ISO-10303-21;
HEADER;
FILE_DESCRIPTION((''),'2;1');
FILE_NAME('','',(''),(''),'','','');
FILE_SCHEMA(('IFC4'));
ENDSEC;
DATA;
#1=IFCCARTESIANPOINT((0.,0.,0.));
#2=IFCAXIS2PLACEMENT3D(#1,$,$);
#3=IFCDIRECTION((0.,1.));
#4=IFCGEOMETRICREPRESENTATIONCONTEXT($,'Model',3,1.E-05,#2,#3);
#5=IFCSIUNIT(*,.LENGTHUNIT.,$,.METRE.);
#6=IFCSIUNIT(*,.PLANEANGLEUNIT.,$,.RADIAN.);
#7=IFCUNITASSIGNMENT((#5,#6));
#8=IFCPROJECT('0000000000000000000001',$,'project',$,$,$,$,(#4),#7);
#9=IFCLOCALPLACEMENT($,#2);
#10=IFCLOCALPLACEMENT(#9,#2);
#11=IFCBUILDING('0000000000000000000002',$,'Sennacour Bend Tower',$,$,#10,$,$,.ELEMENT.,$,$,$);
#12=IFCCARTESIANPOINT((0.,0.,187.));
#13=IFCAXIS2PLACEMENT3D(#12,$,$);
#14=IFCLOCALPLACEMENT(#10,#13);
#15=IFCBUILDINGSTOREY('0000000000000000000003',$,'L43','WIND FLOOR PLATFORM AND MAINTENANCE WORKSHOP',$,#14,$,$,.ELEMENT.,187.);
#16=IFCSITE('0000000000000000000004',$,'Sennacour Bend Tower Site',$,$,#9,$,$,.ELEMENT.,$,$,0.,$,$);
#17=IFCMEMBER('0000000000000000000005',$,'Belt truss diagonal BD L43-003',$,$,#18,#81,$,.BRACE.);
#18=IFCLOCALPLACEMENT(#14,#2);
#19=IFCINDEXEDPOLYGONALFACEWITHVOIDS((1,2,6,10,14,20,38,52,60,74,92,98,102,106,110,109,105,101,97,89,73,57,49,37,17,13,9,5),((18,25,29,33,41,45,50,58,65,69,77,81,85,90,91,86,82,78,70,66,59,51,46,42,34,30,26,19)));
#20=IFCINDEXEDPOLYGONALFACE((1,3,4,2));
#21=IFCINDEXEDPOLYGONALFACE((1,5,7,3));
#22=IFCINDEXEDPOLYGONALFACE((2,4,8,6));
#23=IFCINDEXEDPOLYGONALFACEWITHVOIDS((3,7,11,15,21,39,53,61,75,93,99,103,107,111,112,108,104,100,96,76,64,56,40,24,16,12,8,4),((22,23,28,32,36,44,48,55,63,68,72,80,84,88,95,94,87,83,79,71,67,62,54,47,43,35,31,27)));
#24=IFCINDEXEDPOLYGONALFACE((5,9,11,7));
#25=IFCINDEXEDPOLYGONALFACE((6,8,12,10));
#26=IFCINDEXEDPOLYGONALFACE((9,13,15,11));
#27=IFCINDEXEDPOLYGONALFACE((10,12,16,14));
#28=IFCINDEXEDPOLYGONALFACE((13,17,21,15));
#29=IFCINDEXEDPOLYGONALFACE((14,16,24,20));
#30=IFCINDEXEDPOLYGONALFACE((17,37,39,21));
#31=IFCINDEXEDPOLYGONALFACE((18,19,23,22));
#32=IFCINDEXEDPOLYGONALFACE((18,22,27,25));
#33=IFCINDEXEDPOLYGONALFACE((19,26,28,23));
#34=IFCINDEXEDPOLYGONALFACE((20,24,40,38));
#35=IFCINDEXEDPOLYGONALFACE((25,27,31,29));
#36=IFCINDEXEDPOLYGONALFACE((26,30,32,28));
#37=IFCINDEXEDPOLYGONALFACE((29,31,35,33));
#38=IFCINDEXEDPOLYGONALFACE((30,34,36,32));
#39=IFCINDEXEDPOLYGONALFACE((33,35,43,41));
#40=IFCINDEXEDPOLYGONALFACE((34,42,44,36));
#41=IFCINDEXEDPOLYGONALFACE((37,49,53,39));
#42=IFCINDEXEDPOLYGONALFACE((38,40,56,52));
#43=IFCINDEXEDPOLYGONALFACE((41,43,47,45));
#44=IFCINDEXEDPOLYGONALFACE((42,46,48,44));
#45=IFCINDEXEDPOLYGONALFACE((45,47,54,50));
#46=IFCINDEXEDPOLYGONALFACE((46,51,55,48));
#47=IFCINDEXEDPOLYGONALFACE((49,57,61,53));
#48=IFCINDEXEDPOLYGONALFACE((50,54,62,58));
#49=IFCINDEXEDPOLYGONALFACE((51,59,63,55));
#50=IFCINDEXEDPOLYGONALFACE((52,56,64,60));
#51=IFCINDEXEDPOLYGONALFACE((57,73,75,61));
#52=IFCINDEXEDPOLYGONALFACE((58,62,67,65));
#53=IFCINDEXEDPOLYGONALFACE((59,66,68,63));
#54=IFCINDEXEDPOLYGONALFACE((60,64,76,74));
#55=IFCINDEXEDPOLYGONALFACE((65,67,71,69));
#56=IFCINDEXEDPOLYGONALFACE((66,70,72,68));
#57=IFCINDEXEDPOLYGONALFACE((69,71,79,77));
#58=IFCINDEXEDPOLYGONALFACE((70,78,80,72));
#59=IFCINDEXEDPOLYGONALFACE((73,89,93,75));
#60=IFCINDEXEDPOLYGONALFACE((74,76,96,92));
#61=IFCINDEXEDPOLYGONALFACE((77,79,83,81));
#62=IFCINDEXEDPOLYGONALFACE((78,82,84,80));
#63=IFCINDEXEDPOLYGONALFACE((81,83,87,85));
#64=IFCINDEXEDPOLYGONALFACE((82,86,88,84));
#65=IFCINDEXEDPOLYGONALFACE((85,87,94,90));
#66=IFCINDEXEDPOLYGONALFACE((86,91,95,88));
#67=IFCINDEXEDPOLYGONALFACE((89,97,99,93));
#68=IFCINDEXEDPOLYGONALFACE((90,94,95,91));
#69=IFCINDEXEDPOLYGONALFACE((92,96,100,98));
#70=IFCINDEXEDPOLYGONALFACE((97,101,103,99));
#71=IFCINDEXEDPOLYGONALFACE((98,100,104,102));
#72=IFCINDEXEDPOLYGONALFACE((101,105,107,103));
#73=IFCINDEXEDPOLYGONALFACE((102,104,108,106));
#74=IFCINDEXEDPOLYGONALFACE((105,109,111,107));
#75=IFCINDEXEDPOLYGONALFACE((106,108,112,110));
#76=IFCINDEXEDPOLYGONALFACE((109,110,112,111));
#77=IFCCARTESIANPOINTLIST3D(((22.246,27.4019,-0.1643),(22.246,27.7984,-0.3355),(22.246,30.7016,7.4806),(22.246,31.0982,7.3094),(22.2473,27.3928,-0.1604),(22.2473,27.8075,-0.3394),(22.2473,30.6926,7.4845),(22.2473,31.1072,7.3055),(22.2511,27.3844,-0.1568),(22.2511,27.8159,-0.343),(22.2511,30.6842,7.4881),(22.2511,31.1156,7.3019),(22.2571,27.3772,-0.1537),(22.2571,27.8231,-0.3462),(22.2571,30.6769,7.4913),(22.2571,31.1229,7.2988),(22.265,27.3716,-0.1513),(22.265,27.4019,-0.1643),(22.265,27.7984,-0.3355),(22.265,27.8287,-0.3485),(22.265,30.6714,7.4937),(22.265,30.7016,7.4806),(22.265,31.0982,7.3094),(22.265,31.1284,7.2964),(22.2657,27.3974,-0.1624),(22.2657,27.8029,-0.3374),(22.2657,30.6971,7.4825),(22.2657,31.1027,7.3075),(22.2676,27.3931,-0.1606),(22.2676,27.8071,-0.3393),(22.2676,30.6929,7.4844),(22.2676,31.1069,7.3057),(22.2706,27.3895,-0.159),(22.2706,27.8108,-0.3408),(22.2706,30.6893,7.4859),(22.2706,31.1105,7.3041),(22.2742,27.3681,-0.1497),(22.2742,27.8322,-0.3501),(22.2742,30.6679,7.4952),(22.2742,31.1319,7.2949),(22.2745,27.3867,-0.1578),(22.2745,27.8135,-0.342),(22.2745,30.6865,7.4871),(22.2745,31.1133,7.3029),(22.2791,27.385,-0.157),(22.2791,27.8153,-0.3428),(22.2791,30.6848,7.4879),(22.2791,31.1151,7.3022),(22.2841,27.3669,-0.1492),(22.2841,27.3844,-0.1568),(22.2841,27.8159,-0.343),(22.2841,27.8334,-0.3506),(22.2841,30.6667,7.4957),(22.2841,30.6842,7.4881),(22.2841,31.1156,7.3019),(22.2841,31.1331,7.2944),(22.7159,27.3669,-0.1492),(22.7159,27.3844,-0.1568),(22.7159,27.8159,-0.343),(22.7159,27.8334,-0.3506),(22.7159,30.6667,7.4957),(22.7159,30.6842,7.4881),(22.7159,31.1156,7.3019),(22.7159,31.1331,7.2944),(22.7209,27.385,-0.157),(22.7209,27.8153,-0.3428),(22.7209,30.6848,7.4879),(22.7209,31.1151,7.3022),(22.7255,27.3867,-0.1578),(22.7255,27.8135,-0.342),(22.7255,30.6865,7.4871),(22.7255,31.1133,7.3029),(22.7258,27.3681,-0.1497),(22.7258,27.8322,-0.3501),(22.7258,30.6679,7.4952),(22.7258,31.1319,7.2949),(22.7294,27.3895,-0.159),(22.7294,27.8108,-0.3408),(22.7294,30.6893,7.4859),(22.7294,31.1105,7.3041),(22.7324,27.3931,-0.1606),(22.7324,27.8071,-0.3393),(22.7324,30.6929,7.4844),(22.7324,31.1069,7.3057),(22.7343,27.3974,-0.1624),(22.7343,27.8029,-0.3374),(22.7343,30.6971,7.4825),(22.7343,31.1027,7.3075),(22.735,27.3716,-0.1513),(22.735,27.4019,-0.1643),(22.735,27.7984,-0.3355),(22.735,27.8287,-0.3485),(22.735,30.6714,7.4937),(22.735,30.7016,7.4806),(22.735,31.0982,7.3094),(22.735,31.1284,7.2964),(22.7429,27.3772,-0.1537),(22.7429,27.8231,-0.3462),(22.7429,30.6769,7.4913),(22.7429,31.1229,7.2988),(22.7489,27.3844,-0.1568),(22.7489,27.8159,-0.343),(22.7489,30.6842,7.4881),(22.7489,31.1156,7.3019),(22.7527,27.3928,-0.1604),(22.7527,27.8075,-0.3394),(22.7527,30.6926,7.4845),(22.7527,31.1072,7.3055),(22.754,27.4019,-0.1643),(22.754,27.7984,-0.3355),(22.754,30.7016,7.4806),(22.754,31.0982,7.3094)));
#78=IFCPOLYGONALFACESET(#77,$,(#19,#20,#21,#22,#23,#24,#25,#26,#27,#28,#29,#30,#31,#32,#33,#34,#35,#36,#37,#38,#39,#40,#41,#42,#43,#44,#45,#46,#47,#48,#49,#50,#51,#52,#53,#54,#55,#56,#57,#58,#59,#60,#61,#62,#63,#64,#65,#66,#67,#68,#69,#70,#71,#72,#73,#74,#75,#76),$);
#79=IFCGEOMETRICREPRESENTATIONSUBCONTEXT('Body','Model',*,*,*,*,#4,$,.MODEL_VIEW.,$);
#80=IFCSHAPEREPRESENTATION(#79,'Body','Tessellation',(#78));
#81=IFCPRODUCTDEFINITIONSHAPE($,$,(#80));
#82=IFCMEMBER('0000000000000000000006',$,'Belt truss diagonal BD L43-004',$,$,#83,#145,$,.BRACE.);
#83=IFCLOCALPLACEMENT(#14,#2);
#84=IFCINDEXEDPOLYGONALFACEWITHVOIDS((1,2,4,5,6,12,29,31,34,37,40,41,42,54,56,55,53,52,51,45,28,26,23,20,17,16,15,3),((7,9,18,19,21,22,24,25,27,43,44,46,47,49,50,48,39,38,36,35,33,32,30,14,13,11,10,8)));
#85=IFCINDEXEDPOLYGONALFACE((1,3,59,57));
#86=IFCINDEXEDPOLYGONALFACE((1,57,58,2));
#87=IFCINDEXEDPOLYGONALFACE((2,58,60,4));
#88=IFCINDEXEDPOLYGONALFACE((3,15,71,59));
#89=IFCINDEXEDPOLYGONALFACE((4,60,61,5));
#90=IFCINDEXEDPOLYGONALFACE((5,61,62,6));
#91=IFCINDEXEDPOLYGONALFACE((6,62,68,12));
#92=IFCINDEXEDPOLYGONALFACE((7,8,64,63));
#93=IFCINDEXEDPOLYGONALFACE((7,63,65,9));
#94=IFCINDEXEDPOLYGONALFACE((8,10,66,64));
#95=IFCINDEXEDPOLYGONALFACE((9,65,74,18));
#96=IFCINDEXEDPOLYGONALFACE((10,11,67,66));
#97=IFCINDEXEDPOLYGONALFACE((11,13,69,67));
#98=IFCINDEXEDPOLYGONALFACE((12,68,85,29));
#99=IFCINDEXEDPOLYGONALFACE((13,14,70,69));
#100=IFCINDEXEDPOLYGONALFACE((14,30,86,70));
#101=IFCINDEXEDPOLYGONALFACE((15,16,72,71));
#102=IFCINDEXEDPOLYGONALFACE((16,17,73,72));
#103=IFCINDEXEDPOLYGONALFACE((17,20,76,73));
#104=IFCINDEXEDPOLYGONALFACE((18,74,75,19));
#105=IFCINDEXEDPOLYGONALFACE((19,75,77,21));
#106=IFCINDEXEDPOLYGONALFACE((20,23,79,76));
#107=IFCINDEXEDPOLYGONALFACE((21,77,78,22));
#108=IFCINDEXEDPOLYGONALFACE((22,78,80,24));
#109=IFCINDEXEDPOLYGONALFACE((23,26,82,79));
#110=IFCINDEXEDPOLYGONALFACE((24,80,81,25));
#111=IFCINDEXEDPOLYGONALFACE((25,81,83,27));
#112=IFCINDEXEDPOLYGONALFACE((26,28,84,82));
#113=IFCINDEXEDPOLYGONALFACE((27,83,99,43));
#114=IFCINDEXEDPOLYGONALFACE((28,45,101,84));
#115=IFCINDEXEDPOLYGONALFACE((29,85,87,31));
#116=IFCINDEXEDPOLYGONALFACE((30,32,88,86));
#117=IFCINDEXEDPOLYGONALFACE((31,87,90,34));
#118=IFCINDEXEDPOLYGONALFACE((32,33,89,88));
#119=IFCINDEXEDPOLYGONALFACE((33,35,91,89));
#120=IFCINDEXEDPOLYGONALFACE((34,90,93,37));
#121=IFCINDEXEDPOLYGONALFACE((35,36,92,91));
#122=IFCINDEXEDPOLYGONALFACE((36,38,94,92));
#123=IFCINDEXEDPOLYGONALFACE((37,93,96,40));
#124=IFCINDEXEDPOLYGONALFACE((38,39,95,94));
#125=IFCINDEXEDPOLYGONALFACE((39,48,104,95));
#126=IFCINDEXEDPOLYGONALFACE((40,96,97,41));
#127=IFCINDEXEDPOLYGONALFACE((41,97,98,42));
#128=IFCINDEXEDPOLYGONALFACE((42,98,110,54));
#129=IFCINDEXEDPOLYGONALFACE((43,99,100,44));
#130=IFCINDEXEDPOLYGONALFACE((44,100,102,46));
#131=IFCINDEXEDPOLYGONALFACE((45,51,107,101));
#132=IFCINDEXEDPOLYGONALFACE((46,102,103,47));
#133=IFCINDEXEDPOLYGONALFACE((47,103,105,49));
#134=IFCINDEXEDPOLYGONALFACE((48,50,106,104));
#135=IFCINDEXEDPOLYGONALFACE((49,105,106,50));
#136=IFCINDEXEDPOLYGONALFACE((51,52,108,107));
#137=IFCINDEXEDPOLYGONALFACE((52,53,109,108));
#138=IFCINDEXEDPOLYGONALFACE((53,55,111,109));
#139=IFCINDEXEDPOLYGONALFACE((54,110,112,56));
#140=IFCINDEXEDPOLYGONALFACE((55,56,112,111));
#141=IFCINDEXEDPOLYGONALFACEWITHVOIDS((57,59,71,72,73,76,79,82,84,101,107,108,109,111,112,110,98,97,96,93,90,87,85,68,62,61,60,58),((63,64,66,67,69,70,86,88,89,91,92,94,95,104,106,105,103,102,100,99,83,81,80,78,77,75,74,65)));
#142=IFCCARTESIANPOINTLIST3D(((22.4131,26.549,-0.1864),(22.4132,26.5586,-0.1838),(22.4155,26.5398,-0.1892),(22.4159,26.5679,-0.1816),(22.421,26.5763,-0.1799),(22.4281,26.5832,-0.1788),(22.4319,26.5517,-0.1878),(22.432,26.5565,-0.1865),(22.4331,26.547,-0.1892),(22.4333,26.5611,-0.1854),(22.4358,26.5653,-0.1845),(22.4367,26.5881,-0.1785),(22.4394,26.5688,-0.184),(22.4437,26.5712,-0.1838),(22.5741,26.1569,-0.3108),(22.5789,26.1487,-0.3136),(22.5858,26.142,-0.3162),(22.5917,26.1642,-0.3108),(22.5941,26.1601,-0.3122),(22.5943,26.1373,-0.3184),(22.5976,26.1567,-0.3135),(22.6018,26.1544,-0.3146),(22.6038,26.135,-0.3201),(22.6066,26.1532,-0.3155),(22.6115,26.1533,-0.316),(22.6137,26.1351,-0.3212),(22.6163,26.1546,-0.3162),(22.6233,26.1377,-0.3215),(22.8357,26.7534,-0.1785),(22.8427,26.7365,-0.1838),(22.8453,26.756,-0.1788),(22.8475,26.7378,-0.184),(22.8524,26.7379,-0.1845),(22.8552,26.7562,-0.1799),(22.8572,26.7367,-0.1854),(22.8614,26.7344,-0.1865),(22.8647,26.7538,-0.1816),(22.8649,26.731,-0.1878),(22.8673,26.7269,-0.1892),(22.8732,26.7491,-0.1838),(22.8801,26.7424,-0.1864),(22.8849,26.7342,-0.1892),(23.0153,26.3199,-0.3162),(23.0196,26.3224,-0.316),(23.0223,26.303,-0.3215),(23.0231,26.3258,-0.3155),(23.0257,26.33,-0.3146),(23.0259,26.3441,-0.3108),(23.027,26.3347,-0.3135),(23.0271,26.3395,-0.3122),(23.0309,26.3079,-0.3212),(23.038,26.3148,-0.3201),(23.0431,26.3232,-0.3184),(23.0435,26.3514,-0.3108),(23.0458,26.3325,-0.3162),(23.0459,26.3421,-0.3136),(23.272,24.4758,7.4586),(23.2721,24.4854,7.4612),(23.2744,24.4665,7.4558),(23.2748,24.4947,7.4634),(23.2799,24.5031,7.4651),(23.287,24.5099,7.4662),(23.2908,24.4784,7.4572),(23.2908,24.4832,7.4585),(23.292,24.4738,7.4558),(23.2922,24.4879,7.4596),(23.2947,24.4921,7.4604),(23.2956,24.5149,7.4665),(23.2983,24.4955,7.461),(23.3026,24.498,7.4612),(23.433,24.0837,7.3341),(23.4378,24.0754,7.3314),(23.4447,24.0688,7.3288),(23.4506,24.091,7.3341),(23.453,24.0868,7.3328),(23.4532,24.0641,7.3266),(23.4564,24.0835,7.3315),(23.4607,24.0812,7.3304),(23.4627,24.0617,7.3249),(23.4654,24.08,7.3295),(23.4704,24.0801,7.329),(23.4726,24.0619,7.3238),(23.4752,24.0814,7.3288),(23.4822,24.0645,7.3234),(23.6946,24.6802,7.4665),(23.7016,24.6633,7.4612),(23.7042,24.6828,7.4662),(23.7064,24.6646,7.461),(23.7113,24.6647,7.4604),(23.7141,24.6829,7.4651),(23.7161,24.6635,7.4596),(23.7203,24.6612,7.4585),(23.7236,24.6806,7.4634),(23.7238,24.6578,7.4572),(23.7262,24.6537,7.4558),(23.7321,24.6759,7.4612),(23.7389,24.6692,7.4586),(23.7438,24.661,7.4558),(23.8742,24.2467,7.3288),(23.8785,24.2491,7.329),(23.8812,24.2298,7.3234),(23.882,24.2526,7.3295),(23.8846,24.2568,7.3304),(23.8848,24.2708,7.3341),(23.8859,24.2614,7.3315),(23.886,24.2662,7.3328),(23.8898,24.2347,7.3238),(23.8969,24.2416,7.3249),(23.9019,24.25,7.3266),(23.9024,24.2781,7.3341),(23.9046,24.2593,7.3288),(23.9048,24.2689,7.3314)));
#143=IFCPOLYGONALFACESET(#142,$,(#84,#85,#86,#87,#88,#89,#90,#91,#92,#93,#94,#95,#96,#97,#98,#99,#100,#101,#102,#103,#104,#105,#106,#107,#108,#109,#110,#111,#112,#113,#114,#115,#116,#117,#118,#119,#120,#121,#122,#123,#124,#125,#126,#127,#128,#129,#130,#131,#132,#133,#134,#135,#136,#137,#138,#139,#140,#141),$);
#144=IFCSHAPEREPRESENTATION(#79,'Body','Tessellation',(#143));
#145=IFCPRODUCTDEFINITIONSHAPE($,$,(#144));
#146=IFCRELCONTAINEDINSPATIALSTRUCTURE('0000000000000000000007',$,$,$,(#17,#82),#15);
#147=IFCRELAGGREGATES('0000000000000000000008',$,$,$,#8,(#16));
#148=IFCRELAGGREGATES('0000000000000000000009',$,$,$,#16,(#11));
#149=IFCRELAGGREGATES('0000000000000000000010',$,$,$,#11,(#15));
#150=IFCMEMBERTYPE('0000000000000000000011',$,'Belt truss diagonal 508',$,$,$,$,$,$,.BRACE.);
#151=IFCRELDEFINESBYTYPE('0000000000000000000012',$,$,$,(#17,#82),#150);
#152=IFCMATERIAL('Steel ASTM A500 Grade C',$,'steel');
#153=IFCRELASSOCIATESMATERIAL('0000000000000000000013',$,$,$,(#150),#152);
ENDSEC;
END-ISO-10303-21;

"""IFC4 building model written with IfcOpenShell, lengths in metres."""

from ifc_helpers import new_model, si_unit, direction, frame, origin, origin_2d, place, context, subcontext, project, spatial, hollow_rectangle, extrude, material, material_profile, profile_set, type_object, element, save


model = new_model("IFC4")

# Units and contexts
model_context = context("Model", 3, precision=1e-05, world=origin(), true_north=direction((0.0, 1.0)))
body_context = subcontext(model_context, "Body", "Model", "MODEL_VIEW")
ifc_project = project(units=[si_unit("LENGTHUNIT", "METRE"), si_unit("PLANEANGLEUNIT", "RADIAN")], contexts=[model_context])

# Site, building, storey
site_placement = place(None, origin())
site = spatial("IfcSite", under=ifc_project, at=site_placement, Name="Sennacour Bend Tower Site", CompositionType="ELEMENT", RefElevation=0.0)
building_placement = place(site_placement, origin())
building = spatial("IfcBuilding", under=site, at=building_placement, Name="Sennacour Bend Tower", CompositionType="ELEMENT")
storey_placement = place(building_placement, frame((0.0, 0.0, 187.0)))
storey = spatial("IfcBuildingStorey", under=building, at=storey_placement, Name="L43", Description="WIND FLOOR PLATFORM AND MAINTENANCE WORKSHOP", CompositionType="ELEMENT", Elevation=187.0)

# Members
ifc_material_1 = material(Name="Steel ASTM A500 Grade C", Category="steel")
ifc_material_profile_1 = material_profile(ifc_material_1, hollow_rectangle(XDim=0.5081, YDim=0.5081, WallThickness=0.019, InnerFilletRadius=0.019, OuterFilletRadius=0.0381, at=origin_2d()), Name="Steel ASTM A500 Grade C", Category="steel")
ifc_profile_set_1 = profile_set([ifc_material_profile_1], Name="Steel ASTM A500 Grade C")
member_type_1 = type_object("IfcMemberType", Name="Belt truss diagonal 508", PredefinedType="BRACE", material=ifc_profile_set_1)
member_1_placement = place(storey_placement, frame((22.5, 30.8999, 7.395), z_axis=(0.0, -0.396289, -0.918126), x_axis=(1.0, 0.0, 0.0)))
element("IfcMember", 1, at=member_1_placement, inside=storey, type_object=member_type_1, Name="Belt truss diagonal BD L43-003", PredefinedType="BRACE", context=body_context, shape_type="SweptSolid", body=[
    extrude(hollow_rectangle(XDim=0.5081, YDim=0.5081, WallThickness=0.019, InnerFilletRadius=0.019, OuterFilletRadius=0.0381, at=origin_2d()), origin(), (0.0, 0.0, 1.0), 8.3267),
])
for number, where, z_axis, x_axis, name in (
    (2, (22.7295, 26.4456, -0.25), (0.107798, -0.26021, 0.959516), (0.92386, 0.38273, 0.0), "Belt truss diagonal BD L43-004"),
):
    element("IfcMember", number, at=place(storey_placement, frame(where, z_axis=z_axis, x_axis=x_axis)), inside=storey, type_object=member_type_1, Name=name, PredefinedType="BRACE", context=body_context, shape_type="SweptSolid", body=[
        extrude(hollow_rectangle(XDim=0.5081, YDim=0.5081, WallThickness=0.019, InnerFilletRadius=0.019, OuterFilletRadius=0.0381, at=origin_2d()), origin(), (0.0, 0.0, 1.0), 7.9675),
    ])

save(model, "model.ifc")
